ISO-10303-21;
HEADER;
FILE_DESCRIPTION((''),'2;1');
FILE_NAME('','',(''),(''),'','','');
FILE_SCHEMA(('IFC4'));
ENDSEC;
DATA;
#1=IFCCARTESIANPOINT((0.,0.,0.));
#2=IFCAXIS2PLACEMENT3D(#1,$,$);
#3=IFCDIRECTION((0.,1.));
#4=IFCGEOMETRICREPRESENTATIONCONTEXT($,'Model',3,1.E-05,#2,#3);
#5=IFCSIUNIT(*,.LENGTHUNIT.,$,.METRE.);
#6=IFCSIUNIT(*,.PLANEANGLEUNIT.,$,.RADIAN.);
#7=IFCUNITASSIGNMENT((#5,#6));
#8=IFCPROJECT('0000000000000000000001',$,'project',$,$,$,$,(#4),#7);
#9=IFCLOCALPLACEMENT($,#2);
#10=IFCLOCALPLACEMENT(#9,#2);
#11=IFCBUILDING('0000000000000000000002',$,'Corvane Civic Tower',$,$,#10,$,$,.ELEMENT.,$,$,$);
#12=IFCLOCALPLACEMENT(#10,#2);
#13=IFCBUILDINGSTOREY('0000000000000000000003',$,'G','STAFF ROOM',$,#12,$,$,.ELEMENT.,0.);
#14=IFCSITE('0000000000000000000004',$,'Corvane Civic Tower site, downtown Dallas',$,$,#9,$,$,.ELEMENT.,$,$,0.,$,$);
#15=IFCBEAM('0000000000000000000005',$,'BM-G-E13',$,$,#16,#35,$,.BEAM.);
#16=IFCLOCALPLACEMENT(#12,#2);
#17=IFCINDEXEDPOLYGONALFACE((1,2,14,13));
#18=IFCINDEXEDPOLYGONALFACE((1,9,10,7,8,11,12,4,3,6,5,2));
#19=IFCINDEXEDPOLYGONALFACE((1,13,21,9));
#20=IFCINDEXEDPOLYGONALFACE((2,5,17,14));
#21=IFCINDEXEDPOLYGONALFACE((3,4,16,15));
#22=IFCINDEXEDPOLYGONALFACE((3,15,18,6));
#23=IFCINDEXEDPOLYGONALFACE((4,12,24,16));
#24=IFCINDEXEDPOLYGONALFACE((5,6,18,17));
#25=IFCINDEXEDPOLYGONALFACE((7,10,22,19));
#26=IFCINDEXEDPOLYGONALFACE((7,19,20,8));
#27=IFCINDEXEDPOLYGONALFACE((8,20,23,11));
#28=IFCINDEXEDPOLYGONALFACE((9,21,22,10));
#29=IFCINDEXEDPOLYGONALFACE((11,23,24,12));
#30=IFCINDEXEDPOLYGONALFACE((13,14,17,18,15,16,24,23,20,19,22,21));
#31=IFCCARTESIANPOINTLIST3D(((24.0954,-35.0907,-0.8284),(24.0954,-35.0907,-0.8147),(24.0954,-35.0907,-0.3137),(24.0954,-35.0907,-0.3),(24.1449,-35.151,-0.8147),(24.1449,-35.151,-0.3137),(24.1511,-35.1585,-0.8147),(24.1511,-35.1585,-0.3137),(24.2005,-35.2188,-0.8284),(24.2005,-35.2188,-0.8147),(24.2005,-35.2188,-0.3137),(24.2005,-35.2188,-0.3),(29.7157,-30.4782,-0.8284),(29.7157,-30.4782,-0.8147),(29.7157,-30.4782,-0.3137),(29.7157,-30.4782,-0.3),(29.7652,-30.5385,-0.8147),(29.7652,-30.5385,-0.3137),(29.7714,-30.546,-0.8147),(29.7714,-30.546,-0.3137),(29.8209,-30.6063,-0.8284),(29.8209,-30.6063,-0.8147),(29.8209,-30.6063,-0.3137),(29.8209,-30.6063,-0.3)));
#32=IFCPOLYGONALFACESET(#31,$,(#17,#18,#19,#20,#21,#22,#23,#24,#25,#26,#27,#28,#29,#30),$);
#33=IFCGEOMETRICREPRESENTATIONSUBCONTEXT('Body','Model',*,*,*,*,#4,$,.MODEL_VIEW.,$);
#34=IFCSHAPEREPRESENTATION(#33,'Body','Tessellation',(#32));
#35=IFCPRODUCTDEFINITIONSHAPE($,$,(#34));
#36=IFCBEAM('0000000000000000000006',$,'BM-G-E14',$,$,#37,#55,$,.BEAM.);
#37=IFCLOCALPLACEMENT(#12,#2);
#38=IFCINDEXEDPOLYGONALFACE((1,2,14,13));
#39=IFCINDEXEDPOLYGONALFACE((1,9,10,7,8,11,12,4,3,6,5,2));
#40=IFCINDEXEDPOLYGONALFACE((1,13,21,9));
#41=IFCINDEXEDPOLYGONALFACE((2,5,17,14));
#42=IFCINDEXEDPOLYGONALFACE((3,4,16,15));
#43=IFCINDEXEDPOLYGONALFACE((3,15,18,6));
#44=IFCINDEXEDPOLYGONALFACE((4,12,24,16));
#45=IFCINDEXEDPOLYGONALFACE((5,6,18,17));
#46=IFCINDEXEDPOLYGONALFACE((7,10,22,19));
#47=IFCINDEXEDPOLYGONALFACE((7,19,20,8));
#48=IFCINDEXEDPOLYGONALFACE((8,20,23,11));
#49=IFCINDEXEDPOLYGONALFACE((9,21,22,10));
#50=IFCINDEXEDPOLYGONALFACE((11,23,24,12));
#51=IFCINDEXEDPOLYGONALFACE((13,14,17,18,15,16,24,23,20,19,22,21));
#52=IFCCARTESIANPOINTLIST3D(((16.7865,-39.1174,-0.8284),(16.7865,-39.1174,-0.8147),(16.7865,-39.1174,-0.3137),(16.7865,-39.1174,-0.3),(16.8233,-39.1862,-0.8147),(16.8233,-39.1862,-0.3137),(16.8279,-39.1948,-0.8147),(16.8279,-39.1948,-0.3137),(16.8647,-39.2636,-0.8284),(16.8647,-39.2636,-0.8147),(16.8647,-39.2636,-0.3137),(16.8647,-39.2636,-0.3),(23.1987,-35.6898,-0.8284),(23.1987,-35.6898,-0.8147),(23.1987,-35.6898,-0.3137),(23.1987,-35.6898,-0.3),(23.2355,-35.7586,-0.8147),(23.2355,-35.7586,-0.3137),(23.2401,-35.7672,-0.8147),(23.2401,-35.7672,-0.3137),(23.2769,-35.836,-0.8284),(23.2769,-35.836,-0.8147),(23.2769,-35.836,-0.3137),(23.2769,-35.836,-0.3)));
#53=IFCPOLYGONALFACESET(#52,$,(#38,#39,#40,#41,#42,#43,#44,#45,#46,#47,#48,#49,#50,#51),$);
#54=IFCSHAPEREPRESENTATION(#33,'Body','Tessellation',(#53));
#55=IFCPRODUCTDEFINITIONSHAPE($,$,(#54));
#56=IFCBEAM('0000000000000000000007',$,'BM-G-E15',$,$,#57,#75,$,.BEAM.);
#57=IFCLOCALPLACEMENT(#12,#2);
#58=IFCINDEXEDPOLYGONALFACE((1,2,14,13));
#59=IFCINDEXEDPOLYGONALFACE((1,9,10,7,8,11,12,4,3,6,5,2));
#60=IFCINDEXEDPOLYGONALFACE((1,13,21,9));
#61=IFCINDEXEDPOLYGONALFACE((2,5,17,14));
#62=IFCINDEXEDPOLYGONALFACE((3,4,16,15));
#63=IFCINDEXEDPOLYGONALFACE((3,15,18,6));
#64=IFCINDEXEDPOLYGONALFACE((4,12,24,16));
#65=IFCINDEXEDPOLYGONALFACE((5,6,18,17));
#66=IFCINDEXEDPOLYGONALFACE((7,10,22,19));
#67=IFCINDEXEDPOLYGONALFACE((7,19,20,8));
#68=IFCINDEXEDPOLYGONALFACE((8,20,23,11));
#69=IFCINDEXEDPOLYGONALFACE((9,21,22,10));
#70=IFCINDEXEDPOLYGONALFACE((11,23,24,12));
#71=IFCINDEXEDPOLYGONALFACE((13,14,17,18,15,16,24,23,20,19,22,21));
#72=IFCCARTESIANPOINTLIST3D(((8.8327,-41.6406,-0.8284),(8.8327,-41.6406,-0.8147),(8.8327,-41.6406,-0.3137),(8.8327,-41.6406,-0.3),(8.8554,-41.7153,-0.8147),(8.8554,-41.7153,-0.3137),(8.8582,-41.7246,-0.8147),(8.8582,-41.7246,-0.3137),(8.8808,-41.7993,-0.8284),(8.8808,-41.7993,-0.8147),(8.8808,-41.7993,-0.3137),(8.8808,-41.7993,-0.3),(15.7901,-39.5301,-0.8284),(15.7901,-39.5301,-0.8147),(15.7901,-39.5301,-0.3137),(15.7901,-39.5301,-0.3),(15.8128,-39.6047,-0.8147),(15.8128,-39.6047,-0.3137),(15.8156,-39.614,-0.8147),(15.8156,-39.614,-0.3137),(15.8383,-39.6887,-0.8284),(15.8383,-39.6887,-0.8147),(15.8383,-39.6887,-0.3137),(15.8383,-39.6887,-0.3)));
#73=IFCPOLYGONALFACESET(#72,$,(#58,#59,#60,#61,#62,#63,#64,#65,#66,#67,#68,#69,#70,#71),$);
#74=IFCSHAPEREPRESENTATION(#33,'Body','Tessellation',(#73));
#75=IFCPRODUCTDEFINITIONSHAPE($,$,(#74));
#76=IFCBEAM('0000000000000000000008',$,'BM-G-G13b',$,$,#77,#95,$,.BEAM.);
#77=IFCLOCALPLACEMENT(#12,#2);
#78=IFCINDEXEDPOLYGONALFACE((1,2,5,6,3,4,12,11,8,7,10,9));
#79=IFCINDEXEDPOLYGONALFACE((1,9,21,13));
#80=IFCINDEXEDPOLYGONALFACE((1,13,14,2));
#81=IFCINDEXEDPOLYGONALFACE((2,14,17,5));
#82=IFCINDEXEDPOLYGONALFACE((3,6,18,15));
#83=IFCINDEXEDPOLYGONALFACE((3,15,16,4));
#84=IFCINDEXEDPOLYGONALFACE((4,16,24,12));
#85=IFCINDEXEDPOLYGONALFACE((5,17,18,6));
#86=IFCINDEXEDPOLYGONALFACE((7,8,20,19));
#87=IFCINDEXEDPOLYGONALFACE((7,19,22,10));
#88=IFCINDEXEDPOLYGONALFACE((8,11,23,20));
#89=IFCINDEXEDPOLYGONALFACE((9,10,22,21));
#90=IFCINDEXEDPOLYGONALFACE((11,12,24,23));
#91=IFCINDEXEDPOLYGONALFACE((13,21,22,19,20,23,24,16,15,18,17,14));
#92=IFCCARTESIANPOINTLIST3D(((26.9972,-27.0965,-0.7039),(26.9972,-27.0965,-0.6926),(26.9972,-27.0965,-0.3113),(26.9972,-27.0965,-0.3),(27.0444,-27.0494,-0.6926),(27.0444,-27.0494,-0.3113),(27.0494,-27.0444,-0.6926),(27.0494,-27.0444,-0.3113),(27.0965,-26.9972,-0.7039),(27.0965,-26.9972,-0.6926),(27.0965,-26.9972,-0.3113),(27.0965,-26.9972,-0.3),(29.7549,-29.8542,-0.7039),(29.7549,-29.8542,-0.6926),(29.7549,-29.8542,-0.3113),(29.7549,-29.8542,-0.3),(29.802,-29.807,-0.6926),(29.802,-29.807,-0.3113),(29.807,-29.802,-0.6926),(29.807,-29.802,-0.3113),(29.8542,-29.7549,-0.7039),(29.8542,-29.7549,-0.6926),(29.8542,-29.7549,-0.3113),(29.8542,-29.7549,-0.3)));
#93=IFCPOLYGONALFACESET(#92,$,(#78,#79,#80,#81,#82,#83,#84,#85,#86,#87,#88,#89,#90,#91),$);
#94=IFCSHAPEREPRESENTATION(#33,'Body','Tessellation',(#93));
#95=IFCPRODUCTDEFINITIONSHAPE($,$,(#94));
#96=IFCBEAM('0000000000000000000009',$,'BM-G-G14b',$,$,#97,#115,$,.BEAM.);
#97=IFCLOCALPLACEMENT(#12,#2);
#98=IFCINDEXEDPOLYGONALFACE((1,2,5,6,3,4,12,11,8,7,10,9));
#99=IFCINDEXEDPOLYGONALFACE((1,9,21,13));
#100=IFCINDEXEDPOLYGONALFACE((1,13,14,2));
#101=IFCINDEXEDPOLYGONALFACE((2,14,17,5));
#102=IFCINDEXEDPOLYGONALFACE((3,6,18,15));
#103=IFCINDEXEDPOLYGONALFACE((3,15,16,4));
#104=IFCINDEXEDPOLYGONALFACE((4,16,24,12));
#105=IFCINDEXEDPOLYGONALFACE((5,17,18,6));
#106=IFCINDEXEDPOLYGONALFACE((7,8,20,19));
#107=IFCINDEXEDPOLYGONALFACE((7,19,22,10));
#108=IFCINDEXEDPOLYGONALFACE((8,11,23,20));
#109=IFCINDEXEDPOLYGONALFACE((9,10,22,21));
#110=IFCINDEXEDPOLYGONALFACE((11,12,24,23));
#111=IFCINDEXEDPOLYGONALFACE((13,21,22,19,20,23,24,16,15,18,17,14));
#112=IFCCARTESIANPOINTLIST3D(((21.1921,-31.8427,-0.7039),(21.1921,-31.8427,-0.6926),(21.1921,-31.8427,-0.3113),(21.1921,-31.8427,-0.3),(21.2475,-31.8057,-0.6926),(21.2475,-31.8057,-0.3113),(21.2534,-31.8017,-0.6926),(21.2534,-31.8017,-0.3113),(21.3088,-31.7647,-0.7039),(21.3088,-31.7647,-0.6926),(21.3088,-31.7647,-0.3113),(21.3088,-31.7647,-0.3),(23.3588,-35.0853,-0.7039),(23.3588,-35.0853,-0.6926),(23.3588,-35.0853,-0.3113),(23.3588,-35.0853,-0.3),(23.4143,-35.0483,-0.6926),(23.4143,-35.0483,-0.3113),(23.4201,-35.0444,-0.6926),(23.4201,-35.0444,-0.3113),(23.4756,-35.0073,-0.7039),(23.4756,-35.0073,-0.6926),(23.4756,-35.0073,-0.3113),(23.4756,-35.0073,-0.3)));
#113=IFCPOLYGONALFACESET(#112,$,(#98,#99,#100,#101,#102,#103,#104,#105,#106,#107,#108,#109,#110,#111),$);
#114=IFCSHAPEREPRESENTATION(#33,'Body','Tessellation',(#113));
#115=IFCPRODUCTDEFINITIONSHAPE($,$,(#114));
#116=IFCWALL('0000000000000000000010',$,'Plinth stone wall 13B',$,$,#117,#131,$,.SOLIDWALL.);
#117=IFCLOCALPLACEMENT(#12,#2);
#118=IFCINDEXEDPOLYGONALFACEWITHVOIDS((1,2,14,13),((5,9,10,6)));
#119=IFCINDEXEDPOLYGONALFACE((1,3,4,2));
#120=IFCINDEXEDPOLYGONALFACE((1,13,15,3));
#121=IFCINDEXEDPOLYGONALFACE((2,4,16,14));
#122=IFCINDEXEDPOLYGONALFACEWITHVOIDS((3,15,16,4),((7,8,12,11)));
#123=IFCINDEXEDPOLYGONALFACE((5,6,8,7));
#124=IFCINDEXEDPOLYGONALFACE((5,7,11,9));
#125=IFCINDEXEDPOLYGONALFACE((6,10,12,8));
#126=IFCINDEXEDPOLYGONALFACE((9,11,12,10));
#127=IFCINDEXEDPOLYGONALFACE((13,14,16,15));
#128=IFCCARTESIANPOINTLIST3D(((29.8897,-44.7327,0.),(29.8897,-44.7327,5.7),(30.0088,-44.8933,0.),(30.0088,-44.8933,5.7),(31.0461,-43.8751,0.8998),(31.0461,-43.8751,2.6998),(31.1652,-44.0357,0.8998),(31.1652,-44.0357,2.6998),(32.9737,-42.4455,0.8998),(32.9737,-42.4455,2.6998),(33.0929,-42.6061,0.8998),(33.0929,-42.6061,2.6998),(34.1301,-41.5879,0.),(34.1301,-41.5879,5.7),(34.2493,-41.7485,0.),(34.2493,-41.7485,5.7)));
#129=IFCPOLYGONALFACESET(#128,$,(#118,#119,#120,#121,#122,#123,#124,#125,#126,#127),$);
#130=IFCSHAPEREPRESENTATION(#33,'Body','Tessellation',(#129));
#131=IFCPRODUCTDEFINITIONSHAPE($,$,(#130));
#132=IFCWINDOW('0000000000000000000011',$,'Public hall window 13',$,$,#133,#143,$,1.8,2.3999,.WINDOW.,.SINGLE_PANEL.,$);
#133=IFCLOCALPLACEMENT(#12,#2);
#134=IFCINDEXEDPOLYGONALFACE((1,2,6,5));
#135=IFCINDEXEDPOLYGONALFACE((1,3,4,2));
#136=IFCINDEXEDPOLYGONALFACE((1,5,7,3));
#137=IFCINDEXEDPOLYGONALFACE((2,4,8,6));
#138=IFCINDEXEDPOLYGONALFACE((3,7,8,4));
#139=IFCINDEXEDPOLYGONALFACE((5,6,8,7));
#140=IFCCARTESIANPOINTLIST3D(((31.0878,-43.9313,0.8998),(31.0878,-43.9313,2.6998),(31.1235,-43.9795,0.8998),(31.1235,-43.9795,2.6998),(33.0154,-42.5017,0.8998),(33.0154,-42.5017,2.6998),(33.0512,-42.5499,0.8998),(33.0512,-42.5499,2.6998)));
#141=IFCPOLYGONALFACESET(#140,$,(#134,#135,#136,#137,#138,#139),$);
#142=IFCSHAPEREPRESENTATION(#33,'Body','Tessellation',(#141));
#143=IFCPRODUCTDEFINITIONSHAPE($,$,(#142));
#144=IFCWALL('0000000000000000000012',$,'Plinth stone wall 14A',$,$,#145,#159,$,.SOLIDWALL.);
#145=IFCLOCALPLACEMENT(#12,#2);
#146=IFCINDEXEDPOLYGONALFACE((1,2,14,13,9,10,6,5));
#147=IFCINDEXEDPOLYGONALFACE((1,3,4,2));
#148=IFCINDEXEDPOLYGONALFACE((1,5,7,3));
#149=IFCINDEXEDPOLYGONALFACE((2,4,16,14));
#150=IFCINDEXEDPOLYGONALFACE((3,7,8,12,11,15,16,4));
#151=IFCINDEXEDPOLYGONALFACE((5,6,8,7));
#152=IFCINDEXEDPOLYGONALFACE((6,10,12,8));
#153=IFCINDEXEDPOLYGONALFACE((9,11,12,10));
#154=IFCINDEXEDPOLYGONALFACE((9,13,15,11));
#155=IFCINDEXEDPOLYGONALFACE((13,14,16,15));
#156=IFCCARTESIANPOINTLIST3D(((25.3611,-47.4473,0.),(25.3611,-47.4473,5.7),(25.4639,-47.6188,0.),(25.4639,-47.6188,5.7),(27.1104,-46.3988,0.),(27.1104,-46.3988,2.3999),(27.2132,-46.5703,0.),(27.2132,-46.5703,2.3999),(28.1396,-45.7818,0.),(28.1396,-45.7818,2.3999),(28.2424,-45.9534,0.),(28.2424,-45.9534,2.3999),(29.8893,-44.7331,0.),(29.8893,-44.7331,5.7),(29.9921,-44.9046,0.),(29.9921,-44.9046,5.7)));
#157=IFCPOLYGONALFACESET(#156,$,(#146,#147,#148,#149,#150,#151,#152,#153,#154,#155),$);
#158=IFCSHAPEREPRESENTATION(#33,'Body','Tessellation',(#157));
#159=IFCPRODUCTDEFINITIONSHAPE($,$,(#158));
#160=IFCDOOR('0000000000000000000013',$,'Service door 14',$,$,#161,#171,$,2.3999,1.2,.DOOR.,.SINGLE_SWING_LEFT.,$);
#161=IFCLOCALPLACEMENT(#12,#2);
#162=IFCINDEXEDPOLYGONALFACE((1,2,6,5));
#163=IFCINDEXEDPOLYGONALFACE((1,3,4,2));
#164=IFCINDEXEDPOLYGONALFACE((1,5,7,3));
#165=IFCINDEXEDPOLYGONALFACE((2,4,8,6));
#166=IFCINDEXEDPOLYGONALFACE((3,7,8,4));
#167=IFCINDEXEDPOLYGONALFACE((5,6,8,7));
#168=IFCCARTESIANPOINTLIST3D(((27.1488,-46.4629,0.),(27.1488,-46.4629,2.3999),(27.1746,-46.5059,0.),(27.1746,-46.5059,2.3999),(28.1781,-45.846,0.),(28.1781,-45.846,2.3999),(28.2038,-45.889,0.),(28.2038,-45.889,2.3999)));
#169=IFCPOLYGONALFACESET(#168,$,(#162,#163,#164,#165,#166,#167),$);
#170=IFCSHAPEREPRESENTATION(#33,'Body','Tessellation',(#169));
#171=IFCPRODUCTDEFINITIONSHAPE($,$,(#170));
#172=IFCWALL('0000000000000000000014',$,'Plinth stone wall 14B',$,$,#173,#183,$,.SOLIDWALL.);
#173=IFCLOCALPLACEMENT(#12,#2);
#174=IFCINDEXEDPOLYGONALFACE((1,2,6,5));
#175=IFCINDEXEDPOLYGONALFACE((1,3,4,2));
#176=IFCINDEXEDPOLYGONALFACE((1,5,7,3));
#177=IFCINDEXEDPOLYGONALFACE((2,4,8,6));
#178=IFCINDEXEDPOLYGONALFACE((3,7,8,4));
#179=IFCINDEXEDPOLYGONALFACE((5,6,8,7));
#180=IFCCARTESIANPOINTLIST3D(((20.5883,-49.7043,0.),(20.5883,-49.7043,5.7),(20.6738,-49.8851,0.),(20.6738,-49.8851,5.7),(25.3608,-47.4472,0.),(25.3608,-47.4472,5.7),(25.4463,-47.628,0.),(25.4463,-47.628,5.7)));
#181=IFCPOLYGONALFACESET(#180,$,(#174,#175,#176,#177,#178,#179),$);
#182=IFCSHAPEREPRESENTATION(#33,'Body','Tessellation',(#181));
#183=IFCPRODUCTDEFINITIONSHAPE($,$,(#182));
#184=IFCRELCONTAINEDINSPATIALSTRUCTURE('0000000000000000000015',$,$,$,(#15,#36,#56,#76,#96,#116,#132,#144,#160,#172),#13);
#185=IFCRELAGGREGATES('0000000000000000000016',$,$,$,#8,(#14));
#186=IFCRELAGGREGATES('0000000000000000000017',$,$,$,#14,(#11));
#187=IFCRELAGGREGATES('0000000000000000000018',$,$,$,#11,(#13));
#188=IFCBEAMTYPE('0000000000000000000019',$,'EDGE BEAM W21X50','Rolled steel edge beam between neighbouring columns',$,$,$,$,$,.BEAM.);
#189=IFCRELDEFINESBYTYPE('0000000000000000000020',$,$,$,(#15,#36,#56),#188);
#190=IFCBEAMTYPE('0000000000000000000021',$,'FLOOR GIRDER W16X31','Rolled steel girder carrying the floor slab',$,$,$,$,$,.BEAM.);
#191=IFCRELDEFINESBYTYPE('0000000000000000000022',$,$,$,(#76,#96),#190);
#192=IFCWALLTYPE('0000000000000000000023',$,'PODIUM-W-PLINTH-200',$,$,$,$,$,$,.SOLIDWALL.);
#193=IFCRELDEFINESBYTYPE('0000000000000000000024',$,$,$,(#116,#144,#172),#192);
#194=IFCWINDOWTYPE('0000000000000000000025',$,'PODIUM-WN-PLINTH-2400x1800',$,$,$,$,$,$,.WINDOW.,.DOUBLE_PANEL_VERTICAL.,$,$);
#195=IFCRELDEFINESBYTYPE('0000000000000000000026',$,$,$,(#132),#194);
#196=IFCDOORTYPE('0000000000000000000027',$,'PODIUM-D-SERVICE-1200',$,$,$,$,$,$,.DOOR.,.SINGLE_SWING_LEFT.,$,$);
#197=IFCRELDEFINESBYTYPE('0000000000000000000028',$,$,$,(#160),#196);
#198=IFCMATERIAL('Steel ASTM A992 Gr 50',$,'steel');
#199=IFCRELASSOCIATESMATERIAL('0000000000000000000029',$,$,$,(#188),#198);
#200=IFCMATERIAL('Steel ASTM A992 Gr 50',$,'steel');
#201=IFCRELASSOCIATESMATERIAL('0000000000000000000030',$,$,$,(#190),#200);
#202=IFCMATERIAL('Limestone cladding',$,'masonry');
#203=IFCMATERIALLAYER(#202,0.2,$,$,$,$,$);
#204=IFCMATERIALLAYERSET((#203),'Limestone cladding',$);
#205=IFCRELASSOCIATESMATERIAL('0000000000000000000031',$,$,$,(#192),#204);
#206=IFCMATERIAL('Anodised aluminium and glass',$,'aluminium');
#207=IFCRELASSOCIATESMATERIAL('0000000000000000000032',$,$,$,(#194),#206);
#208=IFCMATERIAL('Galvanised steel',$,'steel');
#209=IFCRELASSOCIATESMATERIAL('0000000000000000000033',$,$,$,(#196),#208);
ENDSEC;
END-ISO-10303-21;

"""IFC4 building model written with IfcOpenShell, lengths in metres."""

from ifc_helpers import new_model, si_unit, direction, frame, frame_2d, origin, origin_2d, place, context, subcontext, project, spatial, rectangle, i_section, extrude, material, layer, layer_set, material_profile, profile_set, type_object, element, fill, save


model = new_model("IFC4")

# Units and contexts
model_context = context("Model", 3, precision=1e-05, world=origin(), true_north=direction((0.0, 1.0)))
body_context = subcontext(model_context, "Body", "Model", "MODEL_VIEW")
ifc_project = project(units=[si_unit("LENGTHUNIT", "METRE"), si_unit("PLANEANGLEUNIT", "RADIAN")], contexts=[model_context])

# Site, building, storey
site_placement = place(None, origin())
site = spatial("IfcSite", under=ifc_project, at=site_placement, Name="Corvane Civic Tower site, downtown Dallas", CompositionType="ELEMENT", RefElevation=0.0)
building_placement = place(site_placement, origin())
building = spatial("IfcBuilding", under=site, at=building_placement, Name="Corvane Civic Tower", CompositionType="ELEMENT")
storey_placement = place(building_placement, origin())
storey = spatial("IfcBuildingStorey", under=building, at=storey_placement, Name="G", Description="STAFF ROOM", CompositionType="ELEMENT", Elevation=0.0)

# Beams
ifc_material_1 = material(Name="Steel ASTM A992 Gr 50", Category="steel")
ifc_material_profile_1 = material_profile(ifc_material_1, i_section(OverallWidth=0.1658, OverallDepth=0.5283, WebThickness=0.0098, FlangeThickness=0.0137, at=origin_2d()), Name="W21X50")
ifc_profile_set_1 = profile_set([ifc_material_profile_1], Name="Steel ASTM A992 Gr 50")
beam_type_1 = type_object("IfcBeamType", Name="EDGE BEAM W21X50", Description="Rolled steel edge beam between neighbouring columns", PredefinedType="BEAM", material=ifc_profile_set_1)
for number, where, z_axis, x_axis, name in (
    (1, (29.7683, -30.5422, -0.5642), (-0.773008, -0.634396, 0.0), (0.634396, -0.773008, 0.0), "BM-G-E13"),
    (2, (23.2378, -35.7629, -0.5642), (-0.881913, -0.471412, 0.0), (0.471412, -0.881913, 0.0), "BM-G-E14"),
):
    element("IfcBeam", number, at=place(storey_placement, frame(where, z_axis=z_axis, x_axis=x_axis)), inside=storey, type_object=beam_type_1, Name=name, PredefinedType="BEAM", context=body_context, shape_type="SweptSolid", body=[
        extrude(i_section(OverallWidth=0.1658, OverallDepth=0.5283, WebThickness=0.0098, FlangeThickness=0.0137, at=origin_2d()), origin(), (0.0, 0.0, 1.0), 7.2708),
    ])
beam_placement = place(storey_placement, frame((15.8142, -39.6094, -0.5642), z_axis=(-0.956938, -0.290292, 0.0), x_axis=(0.290292, -0.956938, 0.0)))
element("IfcBeam", 3, at=beam_placement, inside=storey, type_object=beam_type_1, Name="BM-G-E15", PredefinedType="BEAM", context=body_context, shape_type="SweptSolid", body=[
    extrude(i_section(OverallWidth=0.1658, OverallDepth=0.5283, WebThickness=0.0098, FlangeThickness=0.0137, at=origin_2d()), origin(), (0.0, 0.0, 1.0), 7.2705),
])
ifc_material_2 = material(Name="Steel ASTM A992 Gr 50", Category="steel")
ifc_material_profile_2 = material_profile(ifc_material_2, i_section(OverallWidth=0.1404, OverallDepth=0.4038, WebThickness=0.0071, FlangeThickness=0.0112, at=origin_2d()), Name="W16X31")
ifc_profile_set_2 = profile_set([ifc_material_profile_2], Name="Steel ASTM A992 Gr 50")
beam_type_2 = type_object("IfcBeamType", Name="FLOOR GIRDER W16X31", Description="Rolled steel girder carrying the floor slab", PredefinedType="BEAM", material=ifc_profile_set_2)
for number, where, z_axis, x_axis, name in (
    (4, (27.0469, -27.0469, -0.502), (0.707107, -0.707107, 0.0), (0.707107, 0.707107, 0.0), "BM-G-G13b"),
    (5, (21.2505, -31.8037, -0.502), (0.555581, -0.831462, 0.0), (0.831462, 0.555581, 0.0), "BM-G-G14b"),
):
    element("IfcBeam", number, at=place(storey_placement, frame(where, z_axis=z_axis, x_axis=x_axis)), inside=storey, type_object=beam_type_2, Name=name, PredefinedType="BEAM", context=body_context, shape_type="SweptSolid", body=[
        extrude(i_section(OverallWidth=0.1404, OverallDepth=0.4038, WebThickness=0.0071, FlangeThickness=0.0112, at=origin_2d()), origin(), (0.0, 0.0, 1.0), 3.8999),
    ])

# Wall, opening, window
ifc_material_3 = material(Name="Limestone cladding", Category="masonry")
ifc_layer_1 = layer(ifc_material_3, 0.2)
ifc_layer_set_1 = layer_set([ifc_layer_1], Name="Limestone cladding")
wall_type_1 = type_object("IfcWallType", Name="PODIUM-W-PLINTH-200", PredefinedType="SOLIDWALL", material=ifc_layer_set_1)
wall_1_placement = place(storey_placement, frame((34.1897, -41.6682, 0.0), z_axis=(0.0, 0.0, 1.0), x_axis=(-0.803224, -0.595678, 0.0)))
wall_1 = element("IfcWall", 6, at=wall_1_placement, inside=storey, type_object=wall_type_1, Name="Plinth stone wall 13B", PredefinedType="SOLIDWALL", context=body_context, shape_type="SweptSolid", body=[
    extrude(rectangle(XDim=5.2793, YDim=0.2, at=frame_2d((2.6396, 0.0))), origin(), (0.0, 0.0, 1.0), 5.7),
])
opening_1_placement = place(wall_1_placement, frame((1.4397, 0.0, 0.8999)))
opening_1 = element("IfcOpeningElement", 7, at=opening_1_placement, cuts=wall_1, PredefinedType="OPENING", context=body_context, shape_type="SweptSolid", body=[
    extrude(rectangle(XDim=2.3999, YDim=1.8, at=frame_2d((1.2, 0.8999))), frame((0.0, 0.1099, 0.0), z_axis=(0.0, -1.0, 0.0), x_axis=(1.0, 0.0, 0.0)), (0.0, 0.0, 1.0), 0.22),
])
ifc_material_4 = material(Name="Anodised aluminium and glass", Category="aluminium")
window_type = type_object("IfcWindowType", Name="PODIUM-WN-PLINTH-2400x1800", PartitioningType="DOUBLE_PANEL_VERTICAL", PredefinedType="WINDOW", material=ifc_material_4)
window_1_placement = place(opening_1_placement, origin())
window_1 = element("IfcWindow", 8, at=window_1_placement, inside=storey, type_object=window_type, Name="Public hall window 13", OverallHeight=1.8, OverallWidth=2.3999, PartitioningType="SINGLE_PANEL", PredefinedType="WINDOW", context=body_context, shape_type="SweptSolid", body=[
    extrude(rectangle(XDim=2.3999, YDim=1.8, at=frame_2d((1.2, 0.8999))), frame((0.0, 0.03, 0.0), z_axis=(0.0, -1.0, 0.0), x_axis=(1.0, 0.0, 0.0)), (0.0, 0.0, 1.0), 0.0601),
])
fill(opening_1, window_1)

# Wall, opening, door
wall_2_placement = place(storey_placement, frame((29.9407, -44.8188, 0.0), z_axis=(0.0, 0.0, 1.0), x_axis=(-0.857721, -0.514115, 0.0)))
wall_2 = element("IfcWall", 9, at=wall_2_placement, inside=storey, type_object=wall_type_1, Name="Plinth stone wall 14A", PredefinedType="SOLIDWALL", context=body_context, shape_type="SweptSolid", body=[
    extrude(rectangle(XDim=5.2793, YDim=0.2, at=frame_2d((2.6396, 0.0))), origin(), (0.0, 0.0, 1.0), 5.7),
])
opening_2_placement = place(wall_2_placement, frame((2.0398, 0.0, 0.0)))
opening_2 = element("IfcOpeningElement", 10, at=opening_2_placement, cuts=wall_2, PredefinedType="OPENING", context=body_context, shape_type="SweptSolid", body=[
    extrude(rectangle(XDim=1.2, YDim=2.3999, at=frame_2d((0.6001, 1.2))), frame((0.0, 0.1099, 0.0), z_axis=(0.0, -1.0, 0.0), x_axis=(1.0, 0.0, 0.0)), (0.0, 0.0, 1.0), 0.22),
])
ifc_material_5 = material(Name="Galvanised steel", Category="steel")
door_type_1 = type_object("IfcDoorType", Name="PODIUM-D-SERVICE-1200", OperationType="SINGLE_SWING_LEFT", PredefinedType="DOOR", material=ifc_material_5)
door_1_placement = place(opening_2_placement, origin())
door_1 = element("IfcDoor", 11, at=door_1_placement, inside=storey, type_object=door_type_1, Name="Service door 14", OperationType="SINGLE_SWING_LEFT", OverallHeight=2.3999, OverallWidth=1.2, PredefinedType="DOOR", context=body_context, shape_type="SweptSolid", body=[
    extrude(rectangle(XDim=1.2, YDim=2.3999, at=frame_2d((0.6001, 1.2))), frame((0.0, 0.0249, 0.0), z_axis=(0.0, -1.0, 0.0), x_axis=(1.0, 0.0, 0.0)), (0.0, 0.0, 1.0), 0.05),
])
fill(opening_2, door_1)

# Wall
wall_3_placement = place(storey_placement, frame((25.4036, -47.5376, 0.0), z_axis=(0.0, 0.0, 1.0), x_axis=(-0.903999, -0.427536, 0.0)))
element("IfcWall", 12, at=wall_3_placement, inside=storey, type_object=wall_type_1, Name="Plinth stone wall 14B", PredefinedType="SOLIDWALL", context=body_context, shape_type="SweptSolid", body=[
    extrude(rectangle(XDim=5.2793, YDim=0.2, at=frame_2d((2.6396, 0.0))), origin(), (0.0, 0.0, 1.0), 5.7),
])

save(model, "model.ifc")
